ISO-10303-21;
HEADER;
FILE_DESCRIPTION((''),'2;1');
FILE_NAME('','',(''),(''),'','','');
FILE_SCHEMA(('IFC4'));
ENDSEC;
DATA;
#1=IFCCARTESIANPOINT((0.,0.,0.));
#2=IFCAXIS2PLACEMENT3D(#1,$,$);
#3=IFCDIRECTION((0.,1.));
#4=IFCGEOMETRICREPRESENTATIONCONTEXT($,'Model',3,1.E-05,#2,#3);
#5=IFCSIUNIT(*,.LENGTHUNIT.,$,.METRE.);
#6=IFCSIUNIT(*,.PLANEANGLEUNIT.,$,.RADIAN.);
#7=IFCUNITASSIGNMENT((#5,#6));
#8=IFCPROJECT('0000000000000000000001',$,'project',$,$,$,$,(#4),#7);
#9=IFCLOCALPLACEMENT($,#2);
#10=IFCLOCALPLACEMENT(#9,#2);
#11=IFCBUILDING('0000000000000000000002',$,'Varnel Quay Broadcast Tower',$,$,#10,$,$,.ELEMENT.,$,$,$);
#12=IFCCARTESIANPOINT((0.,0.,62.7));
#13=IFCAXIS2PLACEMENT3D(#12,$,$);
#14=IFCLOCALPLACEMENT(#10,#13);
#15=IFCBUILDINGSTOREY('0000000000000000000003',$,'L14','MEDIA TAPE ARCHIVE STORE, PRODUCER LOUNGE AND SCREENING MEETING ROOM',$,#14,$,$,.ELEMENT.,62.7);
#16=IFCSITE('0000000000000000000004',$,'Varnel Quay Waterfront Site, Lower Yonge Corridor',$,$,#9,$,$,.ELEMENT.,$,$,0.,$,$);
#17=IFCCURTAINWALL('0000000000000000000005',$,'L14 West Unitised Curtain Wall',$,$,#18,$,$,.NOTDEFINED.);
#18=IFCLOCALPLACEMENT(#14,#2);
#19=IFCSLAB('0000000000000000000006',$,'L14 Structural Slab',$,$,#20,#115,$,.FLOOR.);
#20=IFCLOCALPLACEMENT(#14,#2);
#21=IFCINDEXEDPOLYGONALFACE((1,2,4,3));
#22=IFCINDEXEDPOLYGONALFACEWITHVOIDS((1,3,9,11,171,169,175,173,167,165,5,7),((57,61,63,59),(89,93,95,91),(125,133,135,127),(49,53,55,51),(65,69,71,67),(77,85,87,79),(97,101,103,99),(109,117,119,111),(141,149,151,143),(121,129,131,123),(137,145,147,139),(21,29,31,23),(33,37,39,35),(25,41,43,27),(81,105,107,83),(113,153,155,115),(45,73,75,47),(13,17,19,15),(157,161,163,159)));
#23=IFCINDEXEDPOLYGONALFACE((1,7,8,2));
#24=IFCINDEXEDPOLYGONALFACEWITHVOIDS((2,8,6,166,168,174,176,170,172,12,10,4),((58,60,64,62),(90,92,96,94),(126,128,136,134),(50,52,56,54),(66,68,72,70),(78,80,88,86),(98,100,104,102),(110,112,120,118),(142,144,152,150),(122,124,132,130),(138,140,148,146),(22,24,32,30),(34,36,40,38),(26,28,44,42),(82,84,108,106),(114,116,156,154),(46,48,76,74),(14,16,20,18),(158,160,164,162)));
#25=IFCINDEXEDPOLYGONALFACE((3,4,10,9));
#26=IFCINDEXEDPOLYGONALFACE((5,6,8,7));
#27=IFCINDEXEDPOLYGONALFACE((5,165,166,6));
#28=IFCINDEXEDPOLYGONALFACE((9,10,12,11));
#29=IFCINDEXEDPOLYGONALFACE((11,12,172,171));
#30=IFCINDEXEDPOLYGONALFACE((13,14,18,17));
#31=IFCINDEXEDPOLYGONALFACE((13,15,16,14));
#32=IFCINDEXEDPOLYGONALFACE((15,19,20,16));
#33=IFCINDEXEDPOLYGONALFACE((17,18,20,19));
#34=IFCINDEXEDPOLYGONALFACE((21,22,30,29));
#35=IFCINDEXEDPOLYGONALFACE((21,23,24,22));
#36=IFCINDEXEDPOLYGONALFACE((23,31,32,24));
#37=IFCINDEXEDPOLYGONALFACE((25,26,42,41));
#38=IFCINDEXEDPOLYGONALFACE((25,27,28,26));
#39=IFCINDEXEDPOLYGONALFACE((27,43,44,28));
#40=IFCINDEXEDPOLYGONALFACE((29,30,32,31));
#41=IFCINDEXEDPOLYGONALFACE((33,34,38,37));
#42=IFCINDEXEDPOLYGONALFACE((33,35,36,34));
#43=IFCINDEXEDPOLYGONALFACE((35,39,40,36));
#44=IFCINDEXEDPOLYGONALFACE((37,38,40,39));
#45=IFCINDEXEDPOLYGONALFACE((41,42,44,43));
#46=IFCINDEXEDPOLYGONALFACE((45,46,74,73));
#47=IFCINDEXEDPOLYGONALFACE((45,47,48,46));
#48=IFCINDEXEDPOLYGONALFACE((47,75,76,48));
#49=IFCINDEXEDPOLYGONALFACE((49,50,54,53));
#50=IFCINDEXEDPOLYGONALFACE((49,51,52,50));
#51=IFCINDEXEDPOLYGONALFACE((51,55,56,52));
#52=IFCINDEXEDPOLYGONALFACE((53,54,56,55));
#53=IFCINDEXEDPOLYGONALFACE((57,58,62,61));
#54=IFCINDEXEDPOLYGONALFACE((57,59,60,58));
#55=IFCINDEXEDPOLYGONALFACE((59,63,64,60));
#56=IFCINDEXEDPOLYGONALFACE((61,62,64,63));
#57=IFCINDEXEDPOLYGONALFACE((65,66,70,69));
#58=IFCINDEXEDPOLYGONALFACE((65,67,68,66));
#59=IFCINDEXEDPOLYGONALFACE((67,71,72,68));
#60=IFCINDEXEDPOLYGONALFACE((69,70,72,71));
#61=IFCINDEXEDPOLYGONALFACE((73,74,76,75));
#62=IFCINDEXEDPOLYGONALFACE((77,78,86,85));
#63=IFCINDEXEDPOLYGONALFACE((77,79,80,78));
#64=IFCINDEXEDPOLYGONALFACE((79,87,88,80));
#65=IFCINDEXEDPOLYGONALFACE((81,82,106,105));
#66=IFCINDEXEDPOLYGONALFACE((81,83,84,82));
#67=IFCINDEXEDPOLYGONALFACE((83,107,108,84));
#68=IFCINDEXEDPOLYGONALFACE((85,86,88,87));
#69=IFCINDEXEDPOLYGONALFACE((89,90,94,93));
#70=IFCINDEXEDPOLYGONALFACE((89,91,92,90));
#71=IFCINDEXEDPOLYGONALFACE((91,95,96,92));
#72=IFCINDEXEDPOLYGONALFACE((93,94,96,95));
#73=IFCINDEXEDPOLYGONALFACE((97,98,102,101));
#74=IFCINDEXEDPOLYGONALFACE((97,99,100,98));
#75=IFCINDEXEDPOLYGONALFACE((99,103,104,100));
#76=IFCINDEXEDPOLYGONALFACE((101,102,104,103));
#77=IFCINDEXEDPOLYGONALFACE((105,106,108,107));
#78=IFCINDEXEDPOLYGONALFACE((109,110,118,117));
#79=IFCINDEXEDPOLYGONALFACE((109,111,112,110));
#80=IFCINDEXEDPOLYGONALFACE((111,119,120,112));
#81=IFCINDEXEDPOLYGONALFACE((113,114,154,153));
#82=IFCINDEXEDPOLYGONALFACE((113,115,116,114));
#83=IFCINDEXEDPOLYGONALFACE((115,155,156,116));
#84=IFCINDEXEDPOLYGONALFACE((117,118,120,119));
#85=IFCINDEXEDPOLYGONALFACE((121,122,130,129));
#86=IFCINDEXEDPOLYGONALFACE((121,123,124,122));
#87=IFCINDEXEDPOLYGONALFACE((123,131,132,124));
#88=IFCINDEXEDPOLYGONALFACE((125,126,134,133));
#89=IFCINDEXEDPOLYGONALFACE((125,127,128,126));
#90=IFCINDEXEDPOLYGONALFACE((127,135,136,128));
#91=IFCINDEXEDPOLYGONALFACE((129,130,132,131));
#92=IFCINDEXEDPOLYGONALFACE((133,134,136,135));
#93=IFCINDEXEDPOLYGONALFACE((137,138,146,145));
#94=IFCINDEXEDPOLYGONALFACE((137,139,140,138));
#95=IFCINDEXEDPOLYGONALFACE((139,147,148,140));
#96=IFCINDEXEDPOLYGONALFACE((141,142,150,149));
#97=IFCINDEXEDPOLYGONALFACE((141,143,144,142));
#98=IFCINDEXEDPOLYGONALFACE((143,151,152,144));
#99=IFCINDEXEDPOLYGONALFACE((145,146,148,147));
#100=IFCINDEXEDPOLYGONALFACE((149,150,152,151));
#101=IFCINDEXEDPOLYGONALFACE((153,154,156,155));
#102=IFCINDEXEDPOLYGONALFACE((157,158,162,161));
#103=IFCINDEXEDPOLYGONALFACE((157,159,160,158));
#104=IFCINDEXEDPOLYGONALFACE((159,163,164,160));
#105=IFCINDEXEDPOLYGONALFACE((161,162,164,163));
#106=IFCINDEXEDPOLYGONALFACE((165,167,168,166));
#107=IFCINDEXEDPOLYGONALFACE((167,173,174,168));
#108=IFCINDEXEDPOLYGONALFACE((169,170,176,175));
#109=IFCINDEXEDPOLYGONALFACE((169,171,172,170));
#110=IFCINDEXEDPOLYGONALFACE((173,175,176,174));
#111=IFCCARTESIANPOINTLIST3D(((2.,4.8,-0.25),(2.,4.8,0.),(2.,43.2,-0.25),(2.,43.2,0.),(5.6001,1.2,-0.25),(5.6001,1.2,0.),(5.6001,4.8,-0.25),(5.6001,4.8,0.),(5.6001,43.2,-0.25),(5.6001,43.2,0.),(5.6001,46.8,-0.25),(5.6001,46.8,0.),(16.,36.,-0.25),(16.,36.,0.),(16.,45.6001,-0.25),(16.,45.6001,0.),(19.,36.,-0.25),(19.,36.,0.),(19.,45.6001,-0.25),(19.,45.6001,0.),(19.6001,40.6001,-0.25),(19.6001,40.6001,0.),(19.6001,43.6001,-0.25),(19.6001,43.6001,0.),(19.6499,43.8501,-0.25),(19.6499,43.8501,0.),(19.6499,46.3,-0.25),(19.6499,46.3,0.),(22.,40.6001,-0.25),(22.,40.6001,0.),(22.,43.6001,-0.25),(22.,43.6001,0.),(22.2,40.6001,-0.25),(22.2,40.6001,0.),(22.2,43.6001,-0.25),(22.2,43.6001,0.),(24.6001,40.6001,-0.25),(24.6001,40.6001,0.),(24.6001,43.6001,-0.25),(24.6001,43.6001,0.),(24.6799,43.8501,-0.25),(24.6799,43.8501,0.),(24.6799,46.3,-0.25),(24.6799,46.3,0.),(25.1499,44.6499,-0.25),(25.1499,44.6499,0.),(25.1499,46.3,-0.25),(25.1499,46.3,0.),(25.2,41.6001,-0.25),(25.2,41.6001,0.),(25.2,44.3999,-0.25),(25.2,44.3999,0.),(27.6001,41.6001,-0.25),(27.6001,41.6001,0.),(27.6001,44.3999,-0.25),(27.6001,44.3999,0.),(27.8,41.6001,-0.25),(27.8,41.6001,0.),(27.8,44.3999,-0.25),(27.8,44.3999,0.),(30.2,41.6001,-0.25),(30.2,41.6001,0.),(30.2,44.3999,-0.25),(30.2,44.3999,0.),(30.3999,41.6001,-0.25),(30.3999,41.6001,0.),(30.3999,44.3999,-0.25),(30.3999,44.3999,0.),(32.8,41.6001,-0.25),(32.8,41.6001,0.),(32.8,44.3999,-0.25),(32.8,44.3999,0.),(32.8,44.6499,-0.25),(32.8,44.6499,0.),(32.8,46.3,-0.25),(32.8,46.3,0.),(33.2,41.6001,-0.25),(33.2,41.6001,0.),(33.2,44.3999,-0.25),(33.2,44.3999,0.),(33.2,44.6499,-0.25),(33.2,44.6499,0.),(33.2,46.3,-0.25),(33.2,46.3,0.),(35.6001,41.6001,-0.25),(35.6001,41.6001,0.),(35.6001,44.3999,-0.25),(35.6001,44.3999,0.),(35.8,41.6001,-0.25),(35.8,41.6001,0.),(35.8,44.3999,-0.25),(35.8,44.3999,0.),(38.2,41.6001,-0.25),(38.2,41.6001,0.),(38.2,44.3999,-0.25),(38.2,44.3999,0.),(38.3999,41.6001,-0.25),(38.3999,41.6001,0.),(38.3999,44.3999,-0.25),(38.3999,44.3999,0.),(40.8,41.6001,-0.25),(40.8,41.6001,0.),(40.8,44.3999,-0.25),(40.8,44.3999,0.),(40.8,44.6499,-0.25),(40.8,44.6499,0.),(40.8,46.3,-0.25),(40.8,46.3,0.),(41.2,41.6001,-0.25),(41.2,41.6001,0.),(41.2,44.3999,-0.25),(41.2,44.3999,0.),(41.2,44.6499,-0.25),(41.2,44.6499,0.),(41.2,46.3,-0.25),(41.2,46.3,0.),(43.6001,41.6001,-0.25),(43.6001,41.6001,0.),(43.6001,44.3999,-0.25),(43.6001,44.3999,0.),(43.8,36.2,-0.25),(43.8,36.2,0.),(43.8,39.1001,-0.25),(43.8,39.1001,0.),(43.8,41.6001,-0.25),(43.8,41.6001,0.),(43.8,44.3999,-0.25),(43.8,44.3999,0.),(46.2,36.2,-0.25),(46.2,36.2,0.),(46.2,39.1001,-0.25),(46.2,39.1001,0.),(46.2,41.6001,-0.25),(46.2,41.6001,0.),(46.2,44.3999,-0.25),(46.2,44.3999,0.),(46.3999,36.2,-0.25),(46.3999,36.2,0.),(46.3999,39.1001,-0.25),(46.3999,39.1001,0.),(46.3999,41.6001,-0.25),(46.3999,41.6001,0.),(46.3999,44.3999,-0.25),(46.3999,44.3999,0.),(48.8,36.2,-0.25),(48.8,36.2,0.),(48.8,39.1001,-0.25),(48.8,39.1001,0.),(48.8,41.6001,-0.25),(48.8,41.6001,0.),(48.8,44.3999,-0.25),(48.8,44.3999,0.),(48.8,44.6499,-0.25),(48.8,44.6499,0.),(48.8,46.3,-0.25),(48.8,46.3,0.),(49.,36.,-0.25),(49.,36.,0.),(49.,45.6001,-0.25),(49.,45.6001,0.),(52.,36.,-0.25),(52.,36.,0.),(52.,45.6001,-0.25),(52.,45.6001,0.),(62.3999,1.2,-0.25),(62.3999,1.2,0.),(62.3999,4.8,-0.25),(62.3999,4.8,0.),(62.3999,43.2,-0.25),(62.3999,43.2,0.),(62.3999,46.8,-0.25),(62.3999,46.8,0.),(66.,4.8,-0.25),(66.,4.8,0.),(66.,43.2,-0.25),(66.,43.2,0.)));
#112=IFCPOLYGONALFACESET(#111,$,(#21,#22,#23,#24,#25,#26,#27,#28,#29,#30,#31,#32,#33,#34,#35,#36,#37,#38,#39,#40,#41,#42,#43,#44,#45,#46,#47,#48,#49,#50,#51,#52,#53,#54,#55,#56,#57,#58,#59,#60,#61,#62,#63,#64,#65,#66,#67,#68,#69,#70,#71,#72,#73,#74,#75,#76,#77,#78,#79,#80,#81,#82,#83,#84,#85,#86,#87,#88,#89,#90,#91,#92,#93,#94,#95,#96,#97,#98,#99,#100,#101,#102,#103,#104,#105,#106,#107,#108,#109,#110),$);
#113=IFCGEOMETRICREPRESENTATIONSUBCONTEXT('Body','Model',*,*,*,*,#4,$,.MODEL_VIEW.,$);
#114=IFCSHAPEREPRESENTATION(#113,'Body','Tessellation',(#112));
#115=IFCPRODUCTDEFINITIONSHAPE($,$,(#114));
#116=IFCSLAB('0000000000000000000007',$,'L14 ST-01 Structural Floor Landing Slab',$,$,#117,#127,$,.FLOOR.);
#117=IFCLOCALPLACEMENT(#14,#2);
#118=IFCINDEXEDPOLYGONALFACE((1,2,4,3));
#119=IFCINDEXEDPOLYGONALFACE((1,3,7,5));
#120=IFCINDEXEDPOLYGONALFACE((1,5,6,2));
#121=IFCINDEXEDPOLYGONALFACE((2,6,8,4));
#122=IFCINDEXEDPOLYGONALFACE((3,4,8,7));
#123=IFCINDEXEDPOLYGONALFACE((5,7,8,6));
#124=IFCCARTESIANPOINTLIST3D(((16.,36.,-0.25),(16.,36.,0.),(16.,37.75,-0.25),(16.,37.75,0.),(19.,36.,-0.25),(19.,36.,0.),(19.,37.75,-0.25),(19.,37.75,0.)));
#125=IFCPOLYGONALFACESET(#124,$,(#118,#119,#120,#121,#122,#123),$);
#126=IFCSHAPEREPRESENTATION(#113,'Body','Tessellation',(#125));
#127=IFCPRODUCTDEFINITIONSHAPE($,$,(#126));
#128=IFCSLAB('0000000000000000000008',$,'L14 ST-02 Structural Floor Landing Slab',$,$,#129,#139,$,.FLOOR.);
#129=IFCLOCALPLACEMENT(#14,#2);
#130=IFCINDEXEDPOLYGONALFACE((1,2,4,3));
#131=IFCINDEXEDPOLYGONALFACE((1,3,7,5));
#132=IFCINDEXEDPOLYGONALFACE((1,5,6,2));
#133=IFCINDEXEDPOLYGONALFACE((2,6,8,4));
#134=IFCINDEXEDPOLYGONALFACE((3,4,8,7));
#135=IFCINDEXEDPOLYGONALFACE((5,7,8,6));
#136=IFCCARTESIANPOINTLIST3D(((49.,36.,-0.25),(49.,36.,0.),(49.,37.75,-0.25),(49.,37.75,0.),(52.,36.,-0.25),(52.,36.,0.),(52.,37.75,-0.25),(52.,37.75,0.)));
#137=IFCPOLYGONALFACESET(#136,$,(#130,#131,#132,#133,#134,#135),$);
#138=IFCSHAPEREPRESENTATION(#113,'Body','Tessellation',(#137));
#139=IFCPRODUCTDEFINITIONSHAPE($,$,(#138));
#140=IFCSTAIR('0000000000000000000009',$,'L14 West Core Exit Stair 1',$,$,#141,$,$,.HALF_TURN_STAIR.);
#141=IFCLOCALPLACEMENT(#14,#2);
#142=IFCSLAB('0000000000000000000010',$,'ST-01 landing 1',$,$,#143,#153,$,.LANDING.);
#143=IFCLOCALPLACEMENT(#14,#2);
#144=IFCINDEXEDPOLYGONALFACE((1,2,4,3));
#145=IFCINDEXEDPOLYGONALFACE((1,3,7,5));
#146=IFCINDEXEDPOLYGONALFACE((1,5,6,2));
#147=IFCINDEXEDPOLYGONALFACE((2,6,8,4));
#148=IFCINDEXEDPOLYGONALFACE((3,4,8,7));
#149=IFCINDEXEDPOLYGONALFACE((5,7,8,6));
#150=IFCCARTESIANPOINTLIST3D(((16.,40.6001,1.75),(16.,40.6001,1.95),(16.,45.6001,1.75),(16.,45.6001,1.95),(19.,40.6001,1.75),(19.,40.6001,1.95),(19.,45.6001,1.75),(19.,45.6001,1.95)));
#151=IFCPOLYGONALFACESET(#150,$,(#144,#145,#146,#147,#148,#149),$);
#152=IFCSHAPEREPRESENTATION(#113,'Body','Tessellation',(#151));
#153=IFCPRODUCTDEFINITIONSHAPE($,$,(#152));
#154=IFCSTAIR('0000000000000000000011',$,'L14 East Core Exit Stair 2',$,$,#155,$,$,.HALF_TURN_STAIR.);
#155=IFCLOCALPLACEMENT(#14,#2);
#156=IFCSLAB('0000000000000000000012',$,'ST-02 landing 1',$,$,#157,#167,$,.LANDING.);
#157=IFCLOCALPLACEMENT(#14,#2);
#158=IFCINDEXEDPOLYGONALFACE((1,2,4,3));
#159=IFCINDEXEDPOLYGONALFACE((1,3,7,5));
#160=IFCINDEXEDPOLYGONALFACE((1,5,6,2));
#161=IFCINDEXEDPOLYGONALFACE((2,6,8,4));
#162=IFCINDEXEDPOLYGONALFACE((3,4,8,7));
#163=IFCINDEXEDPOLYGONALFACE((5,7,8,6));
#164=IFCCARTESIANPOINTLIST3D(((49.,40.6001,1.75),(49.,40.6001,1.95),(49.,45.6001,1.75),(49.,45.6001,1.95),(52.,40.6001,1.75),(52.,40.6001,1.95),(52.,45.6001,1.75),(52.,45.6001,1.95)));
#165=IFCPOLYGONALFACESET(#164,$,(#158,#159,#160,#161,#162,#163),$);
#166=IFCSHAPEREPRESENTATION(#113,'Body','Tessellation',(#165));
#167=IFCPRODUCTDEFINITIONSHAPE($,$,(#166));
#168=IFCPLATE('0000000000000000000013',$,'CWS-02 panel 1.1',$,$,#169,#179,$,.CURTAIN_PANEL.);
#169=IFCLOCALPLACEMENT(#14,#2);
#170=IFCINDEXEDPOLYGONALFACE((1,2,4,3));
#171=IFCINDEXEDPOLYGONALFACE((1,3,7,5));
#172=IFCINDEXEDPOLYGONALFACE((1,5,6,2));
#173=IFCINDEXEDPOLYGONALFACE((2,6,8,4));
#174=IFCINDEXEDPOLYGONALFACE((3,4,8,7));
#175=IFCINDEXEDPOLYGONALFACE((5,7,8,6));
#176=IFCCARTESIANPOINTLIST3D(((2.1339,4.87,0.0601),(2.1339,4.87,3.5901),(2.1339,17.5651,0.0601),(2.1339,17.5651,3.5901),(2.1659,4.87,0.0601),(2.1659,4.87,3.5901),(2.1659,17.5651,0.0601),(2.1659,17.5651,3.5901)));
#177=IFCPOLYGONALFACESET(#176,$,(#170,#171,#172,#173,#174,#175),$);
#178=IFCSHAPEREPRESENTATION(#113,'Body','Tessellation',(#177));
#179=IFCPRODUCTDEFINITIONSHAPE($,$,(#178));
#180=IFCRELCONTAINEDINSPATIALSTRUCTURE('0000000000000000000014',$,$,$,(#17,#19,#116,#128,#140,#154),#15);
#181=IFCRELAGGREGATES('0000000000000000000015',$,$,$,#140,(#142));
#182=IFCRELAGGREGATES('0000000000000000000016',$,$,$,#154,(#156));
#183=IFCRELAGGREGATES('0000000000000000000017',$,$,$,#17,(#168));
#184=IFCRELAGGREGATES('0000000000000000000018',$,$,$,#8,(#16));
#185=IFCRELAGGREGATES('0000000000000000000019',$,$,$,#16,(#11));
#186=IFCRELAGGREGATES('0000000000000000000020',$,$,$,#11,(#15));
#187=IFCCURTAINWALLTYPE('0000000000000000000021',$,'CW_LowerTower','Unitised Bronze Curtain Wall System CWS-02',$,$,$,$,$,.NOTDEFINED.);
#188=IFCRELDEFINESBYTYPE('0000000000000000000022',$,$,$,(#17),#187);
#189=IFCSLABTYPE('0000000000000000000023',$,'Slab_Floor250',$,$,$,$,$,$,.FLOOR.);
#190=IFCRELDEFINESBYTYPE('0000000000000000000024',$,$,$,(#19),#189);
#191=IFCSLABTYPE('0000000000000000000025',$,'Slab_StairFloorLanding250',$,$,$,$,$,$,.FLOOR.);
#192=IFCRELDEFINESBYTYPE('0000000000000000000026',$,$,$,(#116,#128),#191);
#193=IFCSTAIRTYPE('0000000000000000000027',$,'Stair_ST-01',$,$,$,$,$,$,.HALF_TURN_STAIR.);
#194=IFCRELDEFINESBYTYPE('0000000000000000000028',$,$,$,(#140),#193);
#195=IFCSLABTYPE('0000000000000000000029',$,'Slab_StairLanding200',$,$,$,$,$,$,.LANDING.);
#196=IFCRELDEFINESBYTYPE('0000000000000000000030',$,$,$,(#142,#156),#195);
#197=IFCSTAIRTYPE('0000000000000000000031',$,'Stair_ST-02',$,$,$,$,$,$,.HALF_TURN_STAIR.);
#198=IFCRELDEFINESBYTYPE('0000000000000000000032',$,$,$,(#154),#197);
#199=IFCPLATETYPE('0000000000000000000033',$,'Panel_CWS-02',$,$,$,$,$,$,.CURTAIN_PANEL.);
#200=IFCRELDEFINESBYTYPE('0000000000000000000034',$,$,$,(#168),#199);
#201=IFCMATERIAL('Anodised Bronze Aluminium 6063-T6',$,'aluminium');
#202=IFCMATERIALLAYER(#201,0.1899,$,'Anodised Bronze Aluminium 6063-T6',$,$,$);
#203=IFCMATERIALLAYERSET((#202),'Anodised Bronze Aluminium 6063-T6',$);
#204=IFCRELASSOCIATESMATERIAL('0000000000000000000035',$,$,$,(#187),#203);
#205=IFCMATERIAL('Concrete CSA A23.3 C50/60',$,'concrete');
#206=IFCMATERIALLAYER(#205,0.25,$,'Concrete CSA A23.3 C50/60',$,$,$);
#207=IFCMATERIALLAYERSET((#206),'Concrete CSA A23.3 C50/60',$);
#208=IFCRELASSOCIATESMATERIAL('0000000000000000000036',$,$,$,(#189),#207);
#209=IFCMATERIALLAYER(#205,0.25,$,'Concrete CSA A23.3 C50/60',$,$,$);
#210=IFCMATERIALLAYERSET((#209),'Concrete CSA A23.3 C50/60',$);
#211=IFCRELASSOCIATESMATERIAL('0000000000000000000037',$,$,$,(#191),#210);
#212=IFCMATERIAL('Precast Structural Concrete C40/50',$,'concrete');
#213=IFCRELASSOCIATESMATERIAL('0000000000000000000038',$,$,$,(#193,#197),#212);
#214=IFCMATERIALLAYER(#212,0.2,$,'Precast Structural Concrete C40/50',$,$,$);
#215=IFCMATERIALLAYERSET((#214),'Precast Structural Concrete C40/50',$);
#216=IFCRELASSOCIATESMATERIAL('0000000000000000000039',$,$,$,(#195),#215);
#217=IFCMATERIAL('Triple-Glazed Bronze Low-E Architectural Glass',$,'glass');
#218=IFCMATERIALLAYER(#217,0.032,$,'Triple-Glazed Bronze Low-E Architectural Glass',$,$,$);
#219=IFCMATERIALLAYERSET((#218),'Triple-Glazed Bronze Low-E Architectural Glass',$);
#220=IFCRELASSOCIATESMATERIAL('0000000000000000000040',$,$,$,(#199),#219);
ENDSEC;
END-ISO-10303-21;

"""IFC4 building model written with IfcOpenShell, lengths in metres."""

from ifc_helpers import new_model, si_unit, direction, frame, origin, origin_2d, place, context, subcontext, project, spatial, polyline, rectangle, outline, extrude, source, transform, mapped, material, layer, layer_set, type_object, type_shapes, element, aggregate, save


model = new_model("IFC4")

# Units and contexts
model_context = context("Model", 3, precision=1e-05, world=origin(), true_north=direction((0.0, 1.0)))
body_context = subcontext(model_context, "Body", "Model", "MODEL_VIEW")
ifc_project = project(units=[si_unit("LENGTHUNIT", "METRE"), si_unit("PLANEANGLEUNIT", "RADIAN")], contexts=[model_context])

# Site, building, storey
site_placement = place(None, origin())
site = spatial("IfcSite", under=ifc_project, at=site_placement, Name="Varnel Quay Waterfront Site, Lower Yonge Corridor", CompositionType="ELEMENT", RefElevation=0.0)
building_placement = place(site_placement, origin())
building = spatial("IfcBuilding", under=site, at=building_placement, Name="Varnel Quay Broadcast Tower", CompositionType="ELEMENT")
storey_placement = place(building_placement, frame((0.0, 0.0, 62.7)))
storey = spatial("IfcBuildingStorey", under=building, at=storey_placement, Name="L14", Description="MEDIA TAPE ARCHIVE STORE, PRODUCER LOUNGE AND SCREENING MEETING ROOM", CompositionType="ELEMENT", Elevation=62.7)

# Curtain wall
ifc_material_1 = material(Name="Anodised Bronze Aluminium 6063-T6", Category="aluminium")
ifc_layer_1 = layer(ifc_material_1, 0.1899, Name="Anodised Bronze Aluminium 6063-T6")
ifc_layer_set_1 = layer_set([ifc_layer_1], Name="Anodised Bronze Aluminium 6063-T6")
curtain_wall_type_1 = type_object("IfcCurtainWallType", Name="CW_LowerTower", Description="Unitised Bronze Curtain Wall System CWS-02", PredefinedType="NOTDEFINED", material=ifc_layer_set_1)
curtain_wall_1_placement = place(storey_placement, origin())
curtain_wall_1 = element("IfcCurtainWall", 1, at=curtain_wall_1_placement, inside=storey, type_object=curtain_wall_type_1, Name="L14 West Unitised Curtain Wall", PredefinedType="NOTDEFINED")

# Slabs
ifc_material_2 = material(Name="Concrete CSA A23.3 C50/60", Category="concrete")
ifc_layer_2 = layer(ifc_material_2, 0.25, Name="Concrete CSA A23.3 C50/60")
ifc_layer_set_2 = layer_set([ifc_layer_2], Name="Concrete CSA A23.3 C50/60")
slab_type_1 = type_object("IfcSlabType", Name="Slab_Floor250", PredefinedType="FLOOR", material=ifc_layer_set_2)
slab_1_placement = place(storey_placement, frame((0.0, 0.0, -0.25)))
element("IfcSlab", 2, at=slab_1_placement, inside=storey, type_object=slab_type_1, Name="L14 Structural Slab", PredefinedType="FLOOR", context=body_context, shape_type="SweptSolid", body=[
    extrude(outline(polyline([(5.6001, 1.2), (62.3999, 1.2), (62.3999, 4.8), (66.0, 4.8), (66.0, 43.2), (62.3999, 43.2), (62.3999, 46.8), (5.6001, 46.8), (5.6001, 43.2), (2.0, 43.2), (2.0, 4.8), (5.6001, 4.8), (5.6001, 1.2)]), holes=[polyline([(16.0, 36.0), (16.0, 45.6001), (19.0, 45.6001), (19.0, 36.0), (16.0, 36.0)]), polyline([(19.6001, 43.6001), (22.0, 43.6001), (22.0, 40.6001), (19.6001, 40.6001), (19.6001, 43.6001)]), polyline([(22.2, 43.6001), (24.6001, 43.6001), (24.6001, 40.6001), (22.2, 40.6001), (22.2, 43.6001)]), polyline([(25.2, 44.3999), (27.6001, 44.3999), (27.6001, 41.6001), (25.2, 41.6001), (25.2, 44.3999)]), polyline([(27.8, 44.3999), (30.2, 44.3999), (30.2, 41.6001), (27.8, 41.6001), (27.8, 44.3999)]), polyline([(30.3999, 44.3999), (32.8, 44.3999), (32.8, 41.6001), (30.3999, 41.6001), (30.3999, 44.3999)]), polyline([(33.2, 44.3999), (35.6001, 44.3999), (35.6001, 41.6001), (33.2, 41.6001), (33.2, 44.3999)]), polyline([(38.2, 44.3999), (38.2, 41.6001), (35.8, 41.6001), (35.8, 44.3999), (38.2, 44.3999)]), polyline([(24.6799, 46.3), (24.6799, 43.8501), (19.6499, 43.8501), (19.6499, 46.3), (24.6799, 46.3)]), polyline([(25.1499, 46.3), (32.8, 46.3), (32.8, 44.6499), (25.1499, 44.6499), (25.1499, 46.3)]), polyline([(43.8, 39.1001), (46.2, 39.1001), (46.2, 36.2), (43.8, 36.2), (43.8, 39.1001)]), polyline([(46.3999, 39.1001), (48.8, 39.1001), (48.8, 36.2), (46.3999, 36.2), (46.3999, 39.1001)]), polyline([(49.0, 45.6001), (52.0, 45.6001), (52.0, 36.0), (49.0, 36.0), (49.0, 45.6001)]), polyline([(40.8, 44.3999), (40.8, 41.6001), (38.3999, 41.6001), (38.3999, 44.3999), (40.8, 44.3999)]), polyline([(41.2, 44.3999), (43.6001, 44.3999), (43.6001, 41.6001), (41.2, 41.6001), (41.2, 44.3999)]), polyline([(43.8, 44.3999), (46.2, 44.3999), (46.2, 41.6001), (43.8, 41.6001), (43.8, 44.3999)]), polyline([(46.3999, 44.3999), (48.8, 44.3999), (48.8, 41.6001), (46.3999, 41.6001), (46.3999, 44.3999)]), polyline([(40.8, 46.3), (40.8, 44.6499), (33.2, 44.6499), (33.2, 46.3), (40.8, 46.3)]), polyline([(48.8, 46.3), (48.8, 44.6499), (41.2, 44.6499), (41.2, 46.3), (48.8, 46.3)])]), origin(), (0.0, 0.0, 1.0), 0.25),
])
ifc_layer_3 = layer(ifc_material_2, 0.25, Name="Concrete CSA A23.3 C50/60")
ifc_layer_set_3 = layer_set([ifc_layer_3], Name="Concrete CSA A23.3 C50/60")
slab_type_2 = type_object("IfcSlabType", Name="Slab_StairFloorLanding250", PredefinedType="FLOOR", material=ifc_layer_set_3)
slab_2_placement = place(storey_placement, frame((0.0, 0.0, -0.25)))
element("IfcSlab", 3, at=slab_2_placement, inside=storey, type_object=slab_type_2, Name="L14 ST-01 Structural Floor Landing Slab", PredefinedType="FLOOR", context=body_context, shape_type="SweptSolid", body=[
    extrude(outline(polyline([(19.0, 36.0), (19.0, 37.75), (16.0, 37.75), (16.0, 36.0), (19.0, 36.0)])), origin(), (0.0, 0.0, 1.0), 0.25),
])
slab_3_placement = place(storey_placement, frame((0.0, 0.0, -0.25)))
element("IfcSlab", 4, at=slab_3_placement, inside=storey, type_object=slab_type_2, Name="L14 ST-02 Structural Floor Landing Slab", PredefinedType="FLOOR", context=body_context, shape_type="SweptSolid", body=[
    extrude(outline(polyline([(52.0, 36.0), (52.0, 37.75), (49.0, 37.75), (49.0, 36.0), (52.0, 36.0)])), origin(), (0.0, 0.0, 1.0), 0.25),
])

# Stairs, slabs
ifc_material_3 = material(Name="Precast Structural Concrete C40/50", Category="concrete")
stair_type_1 = type_object("IfcStairType", Name="Stair_ST-01", PredefinedType="HALF_TURN_STAIR", material=ifc_material_3)
stair_1_placement = place(storey_placement, origin())
stair_1 = element("IfcStair", 5, at=stair_1_placement, inside=storey, type_object=stair_type_1, Name="L14 West Core Exit Stair 1", PredefinedType="HALF_TURN_STAIR")
ifc_layer_4 = layer(ifc_material_3, 0.2, Name="Precast Structural Concrete C40/50")
ifc_layer_set_4 = layer_set([ifc_layer_4], Name="Precast Structural Concrete C40/50")
slab_type_3 = type_object("IfcSlabType", Name="Slab_StairLanding200", PredefinedType="LANDING", material=ifc_layer_set_4)
slab_4_placement = place(storey_placement, frame((0.0, 0.0, 1.75)))
slab_4 = element("IfcSlab", 6, at=slab_4_placement, type_object=slab_type_3, Name="ST-01 landing 1", PredefinedType="LANDING", context=body_context, shape_type="SweptSolid", body=[
    extrude(outline(polyline([(19.0, 40.6001), (19.0, 45.6001), (16.0, 45.6001), (16.0, 40.6001), (19.0, 40.6001)])), origin(), (0.0, 0.0, 1.0), 0.2),
])
aggregate(stair_1, [slab_4])
stair_type_2 = type_object("IfcStairType", Name="Stair_ST-02", PredefinedType="HALF_TURN_STAIR", material=ifc_material_3)
stair_2_placement = place(storey_placement, origin())
stair_2 = element("IfcStair", 7, at=stair_2_placement, inside=storey, type_object=stair_type_2, Name="L14 East Core Exit Stair 2", PredefinedType="HALF_TURN_STAIR")
slab_5_placement = place(storey_placement, frame((0.0, 0.0, 1.75)))
slab_5 = element("IfcSlab", 8, at=slab_5_placement, type_object=slab_type_3, Name="ST-02 landing 1", PredefinedType="LANDING", context=body_context, shape_type="SweptSolid", body=[
    extrude(outline(polyline([(52.0, 40.6001), (52.0, 45.6001), (49.0, 45.6001), (49.0, 40.6001), (52.0, 40.6001)])), origin(), (0.0, 0.0, 1.0), 0.2),
])
aggregate(stair_2, [slab_5])

# Plate
ifc_material_4 = material(Name="Triple-Glazed Bronze Low-E Architectural Glass", Category="glass")
ifc_layer_5 = layer(ifc_material_4, 0.032, Name="Triple-Glazed Bronze Low-E Architectural Glass")
ifc_layer_set_5 = layer_set([ifc_layer_5], Name="Triple-Glazed Bronze Low-E Architectural Glass")
plate_type = type_object("IfcPlateType", Name="Panel_CWS-02", PredefinedType="CURTAIN_PANEL", material=ifc_layer_set_5)
shared_shape_1 = source(origin(), body_context, "Body", "SweptSolid", [
    extrude(rectangle(XDim=12.6951, YDim=0.032, at=origin_2d()), origin(), (0.0, 0.0, 1.0), 3.53),
])
type_shapes(plate_type, [shared_shape_1])
plate_placement = place(storey_placement, frame((2.1499, 11.2175, 0.0601), z_axis=(0.0, 0.0, 1.0), x_axis=(0.0, 1.0, 0.0)))
plate = element("IfcPlate", 9, at=plate_placement, type_object=plate_type, Name="CWS-02 panel 1.1", PredefinedType="CURTAIN_PANEL", context=body_context, shape_type="MappedRepresentation", body=[
    mapped(shared_shape_1, transform((0.0, 0.0, 0.0), x_axis=(1.0, 0.0, 0.0), y_axis=(0.0, 1.0, 0.0), z_axis=(0.0, 0.0, 1.0), scale=1.0)),
])
aggregate(curtain_wall_1, [plate])

save(model, "model.ifc")
